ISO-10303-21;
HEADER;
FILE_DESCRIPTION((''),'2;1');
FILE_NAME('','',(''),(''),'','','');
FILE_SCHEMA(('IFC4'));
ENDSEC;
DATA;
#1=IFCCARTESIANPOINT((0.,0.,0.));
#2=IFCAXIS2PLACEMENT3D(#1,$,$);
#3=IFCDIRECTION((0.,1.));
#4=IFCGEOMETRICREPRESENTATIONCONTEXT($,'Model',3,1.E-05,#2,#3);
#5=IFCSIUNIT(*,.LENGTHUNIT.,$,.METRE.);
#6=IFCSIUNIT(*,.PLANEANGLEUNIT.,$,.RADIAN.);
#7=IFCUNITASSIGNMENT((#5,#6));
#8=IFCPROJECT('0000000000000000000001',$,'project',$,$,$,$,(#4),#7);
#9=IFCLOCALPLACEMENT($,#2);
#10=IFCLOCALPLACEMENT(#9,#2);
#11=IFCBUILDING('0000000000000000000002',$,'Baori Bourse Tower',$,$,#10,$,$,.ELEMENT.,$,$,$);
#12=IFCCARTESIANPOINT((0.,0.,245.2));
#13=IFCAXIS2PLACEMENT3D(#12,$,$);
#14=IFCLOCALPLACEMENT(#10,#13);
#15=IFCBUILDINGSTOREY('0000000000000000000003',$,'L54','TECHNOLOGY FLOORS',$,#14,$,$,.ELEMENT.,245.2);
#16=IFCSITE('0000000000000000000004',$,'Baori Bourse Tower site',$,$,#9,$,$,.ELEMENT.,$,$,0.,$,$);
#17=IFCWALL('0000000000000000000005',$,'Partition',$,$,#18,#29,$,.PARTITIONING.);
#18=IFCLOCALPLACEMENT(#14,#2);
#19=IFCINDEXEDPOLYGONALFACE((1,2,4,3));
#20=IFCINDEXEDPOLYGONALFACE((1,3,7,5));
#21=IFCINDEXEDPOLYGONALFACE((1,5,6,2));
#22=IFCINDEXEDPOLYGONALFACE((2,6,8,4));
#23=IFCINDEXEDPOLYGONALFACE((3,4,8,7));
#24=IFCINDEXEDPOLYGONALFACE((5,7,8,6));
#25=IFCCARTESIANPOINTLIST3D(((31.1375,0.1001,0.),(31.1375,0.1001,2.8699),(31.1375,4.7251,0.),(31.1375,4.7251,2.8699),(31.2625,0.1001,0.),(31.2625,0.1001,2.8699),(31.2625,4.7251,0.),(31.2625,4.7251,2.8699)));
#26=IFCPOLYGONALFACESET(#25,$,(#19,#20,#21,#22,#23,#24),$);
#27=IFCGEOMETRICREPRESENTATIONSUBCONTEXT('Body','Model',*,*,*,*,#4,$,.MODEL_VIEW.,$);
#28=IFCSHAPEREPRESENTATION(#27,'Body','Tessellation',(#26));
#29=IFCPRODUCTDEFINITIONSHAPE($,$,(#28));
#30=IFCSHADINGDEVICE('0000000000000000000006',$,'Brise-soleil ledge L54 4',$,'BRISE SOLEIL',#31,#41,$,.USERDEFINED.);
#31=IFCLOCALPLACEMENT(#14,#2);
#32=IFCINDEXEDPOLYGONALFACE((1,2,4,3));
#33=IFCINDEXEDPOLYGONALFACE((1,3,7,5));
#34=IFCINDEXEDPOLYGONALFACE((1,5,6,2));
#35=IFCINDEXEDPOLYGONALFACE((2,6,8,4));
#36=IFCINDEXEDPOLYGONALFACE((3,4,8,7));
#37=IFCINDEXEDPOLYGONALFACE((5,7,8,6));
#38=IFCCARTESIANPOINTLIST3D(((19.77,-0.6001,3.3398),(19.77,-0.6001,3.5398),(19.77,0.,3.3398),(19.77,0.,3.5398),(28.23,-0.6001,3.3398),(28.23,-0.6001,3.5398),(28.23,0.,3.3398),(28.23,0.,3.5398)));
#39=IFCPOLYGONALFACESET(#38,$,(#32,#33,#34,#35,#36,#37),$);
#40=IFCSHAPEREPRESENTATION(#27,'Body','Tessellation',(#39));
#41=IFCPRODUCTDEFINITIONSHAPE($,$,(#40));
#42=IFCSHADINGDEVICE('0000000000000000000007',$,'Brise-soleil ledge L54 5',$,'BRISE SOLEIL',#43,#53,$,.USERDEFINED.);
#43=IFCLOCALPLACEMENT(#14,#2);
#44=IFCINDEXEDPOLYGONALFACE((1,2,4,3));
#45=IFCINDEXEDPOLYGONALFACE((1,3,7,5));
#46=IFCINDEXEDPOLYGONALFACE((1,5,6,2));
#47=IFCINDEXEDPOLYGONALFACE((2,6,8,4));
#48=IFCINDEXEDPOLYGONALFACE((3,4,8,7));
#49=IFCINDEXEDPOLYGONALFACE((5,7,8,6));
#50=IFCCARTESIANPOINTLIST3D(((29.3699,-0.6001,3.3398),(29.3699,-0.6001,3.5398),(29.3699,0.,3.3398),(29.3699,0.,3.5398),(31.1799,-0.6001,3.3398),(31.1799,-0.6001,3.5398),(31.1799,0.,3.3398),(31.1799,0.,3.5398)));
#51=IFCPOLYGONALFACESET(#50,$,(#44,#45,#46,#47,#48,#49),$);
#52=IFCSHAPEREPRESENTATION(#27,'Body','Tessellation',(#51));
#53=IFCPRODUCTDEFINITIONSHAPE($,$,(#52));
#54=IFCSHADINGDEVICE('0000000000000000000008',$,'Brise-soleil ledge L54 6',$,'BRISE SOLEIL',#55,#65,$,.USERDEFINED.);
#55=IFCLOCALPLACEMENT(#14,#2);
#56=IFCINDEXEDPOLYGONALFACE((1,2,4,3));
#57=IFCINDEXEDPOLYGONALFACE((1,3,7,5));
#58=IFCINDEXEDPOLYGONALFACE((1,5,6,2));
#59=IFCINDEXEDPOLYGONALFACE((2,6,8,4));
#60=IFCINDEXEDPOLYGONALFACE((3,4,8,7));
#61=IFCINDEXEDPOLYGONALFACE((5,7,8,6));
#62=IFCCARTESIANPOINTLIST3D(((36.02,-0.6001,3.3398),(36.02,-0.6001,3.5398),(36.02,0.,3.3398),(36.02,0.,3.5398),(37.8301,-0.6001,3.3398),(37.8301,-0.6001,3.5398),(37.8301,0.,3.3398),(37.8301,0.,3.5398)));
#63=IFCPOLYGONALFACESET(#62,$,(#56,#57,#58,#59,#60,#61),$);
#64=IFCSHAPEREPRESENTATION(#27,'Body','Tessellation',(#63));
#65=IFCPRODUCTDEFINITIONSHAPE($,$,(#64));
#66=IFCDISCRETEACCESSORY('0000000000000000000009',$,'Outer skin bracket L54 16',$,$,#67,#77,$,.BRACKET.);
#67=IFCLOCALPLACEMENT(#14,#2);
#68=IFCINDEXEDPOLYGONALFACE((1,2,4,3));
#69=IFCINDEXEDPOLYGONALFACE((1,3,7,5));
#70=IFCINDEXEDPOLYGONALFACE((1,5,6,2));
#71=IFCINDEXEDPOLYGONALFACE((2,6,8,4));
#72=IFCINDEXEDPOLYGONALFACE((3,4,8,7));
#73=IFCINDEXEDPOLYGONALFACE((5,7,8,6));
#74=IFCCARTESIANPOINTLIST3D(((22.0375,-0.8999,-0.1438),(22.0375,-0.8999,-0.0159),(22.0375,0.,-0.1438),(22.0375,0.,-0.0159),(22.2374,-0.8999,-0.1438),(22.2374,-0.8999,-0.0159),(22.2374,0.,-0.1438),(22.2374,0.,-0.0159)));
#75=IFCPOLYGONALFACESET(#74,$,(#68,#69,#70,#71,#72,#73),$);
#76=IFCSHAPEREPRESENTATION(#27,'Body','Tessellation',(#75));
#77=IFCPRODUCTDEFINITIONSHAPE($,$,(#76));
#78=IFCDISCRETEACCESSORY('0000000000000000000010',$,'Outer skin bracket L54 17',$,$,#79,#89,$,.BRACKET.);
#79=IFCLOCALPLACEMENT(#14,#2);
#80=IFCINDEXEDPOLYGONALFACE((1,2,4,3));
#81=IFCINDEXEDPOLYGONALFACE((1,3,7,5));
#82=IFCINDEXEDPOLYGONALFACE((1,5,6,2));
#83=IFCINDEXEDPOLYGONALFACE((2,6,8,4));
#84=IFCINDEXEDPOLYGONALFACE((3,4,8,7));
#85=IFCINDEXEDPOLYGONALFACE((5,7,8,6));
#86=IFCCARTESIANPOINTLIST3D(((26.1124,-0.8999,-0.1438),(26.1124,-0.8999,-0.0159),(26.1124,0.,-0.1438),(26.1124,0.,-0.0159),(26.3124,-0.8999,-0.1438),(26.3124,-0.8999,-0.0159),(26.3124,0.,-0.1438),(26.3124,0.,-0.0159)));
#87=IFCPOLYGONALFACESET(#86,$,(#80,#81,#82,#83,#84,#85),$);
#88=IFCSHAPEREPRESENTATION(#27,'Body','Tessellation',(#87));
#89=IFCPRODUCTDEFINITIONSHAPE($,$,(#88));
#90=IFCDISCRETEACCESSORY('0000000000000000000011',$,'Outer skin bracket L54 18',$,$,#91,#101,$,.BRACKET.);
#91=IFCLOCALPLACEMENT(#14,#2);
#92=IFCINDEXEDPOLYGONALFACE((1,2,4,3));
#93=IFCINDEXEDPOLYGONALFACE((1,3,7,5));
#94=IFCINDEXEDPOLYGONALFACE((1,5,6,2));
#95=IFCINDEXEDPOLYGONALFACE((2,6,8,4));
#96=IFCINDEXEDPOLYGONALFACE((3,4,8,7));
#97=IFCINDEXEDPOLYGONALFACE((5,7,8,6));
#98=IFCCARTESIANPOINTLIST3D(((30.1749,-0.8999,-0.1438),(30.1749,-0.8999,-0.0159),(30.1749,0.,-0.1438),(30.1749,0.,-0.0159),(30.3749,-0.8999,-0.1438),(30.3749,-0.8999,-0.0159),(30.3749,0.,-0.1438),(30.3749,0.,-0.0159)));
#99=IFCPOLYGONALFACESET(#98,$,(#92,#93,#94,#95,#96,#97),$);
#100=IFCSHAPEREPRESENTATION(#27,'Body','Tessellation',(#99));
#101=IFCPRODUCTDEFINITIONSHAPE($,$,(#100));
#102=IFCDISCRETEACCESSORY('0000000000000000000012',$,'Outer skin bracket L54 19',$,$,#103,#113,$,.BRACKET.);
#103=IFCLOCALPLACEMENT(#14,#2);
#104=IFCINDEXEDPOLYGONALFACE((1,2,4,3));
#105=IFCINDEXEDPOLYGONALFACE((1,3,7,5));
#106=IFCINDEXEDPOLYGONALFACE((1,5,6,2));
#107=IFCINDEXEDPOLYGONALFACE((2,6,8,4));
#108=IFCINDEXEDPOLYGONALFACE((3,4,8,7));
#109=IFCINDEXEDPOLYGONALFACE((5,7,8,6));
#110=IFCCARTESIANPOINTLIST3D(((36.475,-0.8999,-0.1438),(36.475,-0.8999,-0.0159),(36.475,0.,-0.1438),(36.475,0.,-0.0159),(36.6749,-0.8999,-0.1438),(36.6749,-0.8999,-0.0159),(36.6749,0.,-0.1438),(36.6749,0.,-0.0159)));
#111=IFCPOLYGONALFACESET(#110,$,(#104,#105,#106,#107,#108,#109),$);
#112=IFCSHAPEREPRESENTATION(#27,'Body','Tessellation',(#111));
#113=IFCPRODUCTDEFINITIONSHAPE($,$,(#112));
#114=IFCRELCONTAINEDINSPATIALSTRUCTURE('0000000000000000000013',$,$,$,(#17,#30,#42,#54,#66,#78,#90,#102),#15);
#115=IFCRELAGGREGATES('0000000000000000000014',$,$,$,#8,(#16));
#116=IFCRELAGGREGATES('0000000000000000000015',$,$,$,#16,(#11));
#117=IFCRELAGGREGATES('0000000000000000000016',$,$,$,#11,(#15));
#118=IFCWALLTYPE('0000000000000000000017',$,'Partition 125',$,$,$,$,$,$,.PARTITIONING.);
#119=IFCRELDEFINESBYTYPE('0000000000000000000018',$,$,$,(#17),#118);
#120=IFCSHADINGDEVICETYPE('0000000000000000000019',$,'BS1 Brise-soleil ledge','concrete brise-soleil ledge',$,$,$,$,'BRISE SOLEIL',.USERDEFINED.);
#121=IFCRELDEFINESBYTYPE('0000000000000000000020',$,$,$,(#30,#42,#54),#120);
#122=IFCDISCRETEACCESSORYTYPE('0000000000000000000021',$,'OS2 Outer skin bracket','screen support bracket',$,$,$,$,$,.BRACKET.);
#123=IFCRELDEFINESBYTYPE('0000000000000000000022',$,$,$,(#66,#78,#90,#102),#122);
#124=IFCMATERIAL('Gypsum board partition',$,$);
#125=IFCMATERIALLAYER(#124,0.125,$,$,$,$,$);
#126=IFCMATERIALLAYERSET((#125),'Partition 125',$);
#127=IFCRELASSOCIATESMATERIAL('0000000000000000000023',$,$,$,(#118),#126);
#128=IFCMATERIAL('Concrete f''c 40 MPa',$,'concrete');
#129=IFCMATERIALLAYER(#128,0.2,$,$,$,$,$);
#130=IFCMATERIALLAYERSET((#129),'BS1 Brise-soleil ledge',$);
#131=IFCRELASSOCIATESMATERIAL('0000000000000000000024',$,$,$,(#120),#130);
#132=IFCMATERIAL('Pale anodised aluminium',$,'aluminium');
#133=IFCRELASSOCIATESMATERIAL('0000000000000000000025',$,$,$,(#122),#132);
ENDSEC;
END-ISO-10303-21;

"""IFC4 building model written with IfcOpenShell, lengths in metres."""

from ifc_helpers import new_model, si_unit, direction, frame, frame_2d, origin, origin_2d, place, context, subcontext, project, spatial, rectangle, extrude, material, layer, layer_set, type_object, element, save


model = new_model("IFC4")

# Units and contexts
model_context = context("Model", 3, precision=1e-05, world=origin(), true_north=direction((0.0, 1.0)))
body_context = subcontext(model_context, "Body", "Model", "MODEL_VIEW")
ifc_project = project(units=[si_unit("LENGTHUNIT", "METRE"), si_unit("PLANEANGLEUNIT", "RADIAN")], contexts=[model_context])

# Site, building, storey
site_placement = place(None, origin())
site = spatial("IfcSite", under=ifc_project, at=site_placement, Name="Baori Bourse Tower site", CompositionType="ELEMENT", RefElevation=0.0)
building_placement = place(site_placement, origin())
building = spatial("IfcBuilding", under=site, at=building_placement, Name="Baori Bourse Tower", CompositionType="ELEMENT")
storey_placement = place(building_placement, frame((0.0, 0.0, 245.2)))
storey = spatial("IfcBuildingStorey", under=building, at=storey_placement, Name="L54", Description="TECHNOLOGY FLOORS", CompositionType="ELEMENT", Elevation=245.2)

# Wall
ifc_material_1 = material(Name="Gypsum board partition")
ifc_layer_1 = layer(ifc_material_1, 0.125)
ifc_layer_set_1 = layer_set([ifc_layer_1], Name="Partition 125")
wall_type_1 = type_object("IfcWallType", Name="Partition 125", PredefinedType="PARTITIONING", material=ifc_layer_set_1)
wall_1_placement = place(storey_placement, frame((31.2, 0.1001, 0.0), z_axis=(0.0, 0.0, 1.0), x_axis=(0.0, 1.0, 0.0)))
element("IfcWall", 1, at=wall_1_placement, inside=storey, type_object=wall_type_1, Name="Partition", PredefinedType="PARTITIONING", context=body_context, shape_type="SweptSolid", body=[
    extrude(rectangle(XDim=4.625, YDim=0.125, at=frame_2d((2.3125, 0.0))), origin(), (0.0, 0.0, 1.0), 2.8699),
])

# Shading devices
ifc_material_2 = material(Name="Concrete f'c 40 MPa", Category="concrete")
ifc_layer_2 = layer(ifc_material_2, 0.2)
ifc_layer_set_2 = layer_set([ifc_layer_2], Name="BS1 Brise-soleil ledge")
shading_device_type = type_object("IfcShadingDeviceType", Name="BS1 Brise-soleil ledge", Description="concrete brise-soleil ledge", ElementType="BRISE SOLEIL", PredefinedType="USERDEFINED", material=ifc_layer_set_2)
shading_device_placement = place(storey_placement, frame((24.0, -0.3, 3.3398), z_axis=(0.0, 0.0, 1.0), x_axis=(1.0, 0.0, 0.0)))
element("IfcShadingDevice", 2, at=shading_device_placement, inside=storey, type_object=shading_device_type, Name="Brise-soleil ledge L54 4", ObjectType="BRISE SOLEIL", PredefinedType="USERDEFINED", context=body_context, shape_type="SweptSolid", body=[
    extrude(rectangle(XDim=8.46, YDim=0.6001, at=origin_2d()), origin(), (0.0, 0.0, 1.0), 0.2),
])
for number, where, z_axis, x_axis, name in (
    (3, (30.2749, -0.3, 3.3398), (0.0, 0.0, 1.0), (1.0, 0.0, 0.0), "Brise-soleil ledge L54 5"),
    (4, (36.925, -0.3, 3.3398), (0.0, 0.0, 1.0), (1.0, 0.0, 0.0), "Brise-soleil ledge L54 6"),
):
    element("IfcShadingDevice", number, at=place(storey_placement, frame(where, z_axis=z_axis, x_axis=x_axis)), inside=storey, type_object=shading_device_type, Name=name, ObjectType="BRISE SOLEIL", PredefinedType="USERDEFINED", context=body_context, shape_type="SweptSolid", body=[
        extrude(rectangle(XDim=1.8101, YDim=0.6001, at=origin_2d()), origin(), (0.0, 0.0, 1.0), 0.2),
    ])

# Discrete accessories
ifc_material_3 = material(Name="Pale anodised aluminium", Category="aluminium")
discrete_accessory_type = type_object("IfcDiscreteAccessoryType", Name="OS2 Outer skin bracket", Description="screen support bracket", PredefinedType="BRACKET", material=ifc_material_3)
for number, where, z_axis, x_axis, name in (
    (5, (22.1375, -0.45, -0.1438), (0.0, 0.0, 1.0), (1.0, 0.0, 0.0), "Outer skin bracket L54 16"),
    (6, (26.2124, -0.45, -0.1438), (0.0, 0.0, 1.0), (1.0, 0.0, 0.0), "Outer skin bracket L54 17"),
    (7, (30.2749, -0.45, -0.1438), (0.0, 0.0, 1.0), (1.0, 0.0, 0.0), "Outer skin bracket L54 18"),
    (8, (36.575, -0.45, -0.1438), (0.0, 0.0, 1.0), (1.0, 0.0, 0.0), "Outer skin bracket L54 19"),
):
    element("IfcDiscreteAccessory", number, at=place(storey_placement, frame(where, z_axis=z_axis, x_axis=x_axis)), inside=storey, type_object=discrete_accessory_type, Name=name, PredefinedType="BRACKET", context=body_context, shape_type="SweptSolid", body=[
        extrude(rectangle(XDim=0.2, YDim=0.8999, at=origin_2d()), origin(), (0.0, 0.0, 1.0), 0.1279),
    ])

save(model, "model.ifc")
